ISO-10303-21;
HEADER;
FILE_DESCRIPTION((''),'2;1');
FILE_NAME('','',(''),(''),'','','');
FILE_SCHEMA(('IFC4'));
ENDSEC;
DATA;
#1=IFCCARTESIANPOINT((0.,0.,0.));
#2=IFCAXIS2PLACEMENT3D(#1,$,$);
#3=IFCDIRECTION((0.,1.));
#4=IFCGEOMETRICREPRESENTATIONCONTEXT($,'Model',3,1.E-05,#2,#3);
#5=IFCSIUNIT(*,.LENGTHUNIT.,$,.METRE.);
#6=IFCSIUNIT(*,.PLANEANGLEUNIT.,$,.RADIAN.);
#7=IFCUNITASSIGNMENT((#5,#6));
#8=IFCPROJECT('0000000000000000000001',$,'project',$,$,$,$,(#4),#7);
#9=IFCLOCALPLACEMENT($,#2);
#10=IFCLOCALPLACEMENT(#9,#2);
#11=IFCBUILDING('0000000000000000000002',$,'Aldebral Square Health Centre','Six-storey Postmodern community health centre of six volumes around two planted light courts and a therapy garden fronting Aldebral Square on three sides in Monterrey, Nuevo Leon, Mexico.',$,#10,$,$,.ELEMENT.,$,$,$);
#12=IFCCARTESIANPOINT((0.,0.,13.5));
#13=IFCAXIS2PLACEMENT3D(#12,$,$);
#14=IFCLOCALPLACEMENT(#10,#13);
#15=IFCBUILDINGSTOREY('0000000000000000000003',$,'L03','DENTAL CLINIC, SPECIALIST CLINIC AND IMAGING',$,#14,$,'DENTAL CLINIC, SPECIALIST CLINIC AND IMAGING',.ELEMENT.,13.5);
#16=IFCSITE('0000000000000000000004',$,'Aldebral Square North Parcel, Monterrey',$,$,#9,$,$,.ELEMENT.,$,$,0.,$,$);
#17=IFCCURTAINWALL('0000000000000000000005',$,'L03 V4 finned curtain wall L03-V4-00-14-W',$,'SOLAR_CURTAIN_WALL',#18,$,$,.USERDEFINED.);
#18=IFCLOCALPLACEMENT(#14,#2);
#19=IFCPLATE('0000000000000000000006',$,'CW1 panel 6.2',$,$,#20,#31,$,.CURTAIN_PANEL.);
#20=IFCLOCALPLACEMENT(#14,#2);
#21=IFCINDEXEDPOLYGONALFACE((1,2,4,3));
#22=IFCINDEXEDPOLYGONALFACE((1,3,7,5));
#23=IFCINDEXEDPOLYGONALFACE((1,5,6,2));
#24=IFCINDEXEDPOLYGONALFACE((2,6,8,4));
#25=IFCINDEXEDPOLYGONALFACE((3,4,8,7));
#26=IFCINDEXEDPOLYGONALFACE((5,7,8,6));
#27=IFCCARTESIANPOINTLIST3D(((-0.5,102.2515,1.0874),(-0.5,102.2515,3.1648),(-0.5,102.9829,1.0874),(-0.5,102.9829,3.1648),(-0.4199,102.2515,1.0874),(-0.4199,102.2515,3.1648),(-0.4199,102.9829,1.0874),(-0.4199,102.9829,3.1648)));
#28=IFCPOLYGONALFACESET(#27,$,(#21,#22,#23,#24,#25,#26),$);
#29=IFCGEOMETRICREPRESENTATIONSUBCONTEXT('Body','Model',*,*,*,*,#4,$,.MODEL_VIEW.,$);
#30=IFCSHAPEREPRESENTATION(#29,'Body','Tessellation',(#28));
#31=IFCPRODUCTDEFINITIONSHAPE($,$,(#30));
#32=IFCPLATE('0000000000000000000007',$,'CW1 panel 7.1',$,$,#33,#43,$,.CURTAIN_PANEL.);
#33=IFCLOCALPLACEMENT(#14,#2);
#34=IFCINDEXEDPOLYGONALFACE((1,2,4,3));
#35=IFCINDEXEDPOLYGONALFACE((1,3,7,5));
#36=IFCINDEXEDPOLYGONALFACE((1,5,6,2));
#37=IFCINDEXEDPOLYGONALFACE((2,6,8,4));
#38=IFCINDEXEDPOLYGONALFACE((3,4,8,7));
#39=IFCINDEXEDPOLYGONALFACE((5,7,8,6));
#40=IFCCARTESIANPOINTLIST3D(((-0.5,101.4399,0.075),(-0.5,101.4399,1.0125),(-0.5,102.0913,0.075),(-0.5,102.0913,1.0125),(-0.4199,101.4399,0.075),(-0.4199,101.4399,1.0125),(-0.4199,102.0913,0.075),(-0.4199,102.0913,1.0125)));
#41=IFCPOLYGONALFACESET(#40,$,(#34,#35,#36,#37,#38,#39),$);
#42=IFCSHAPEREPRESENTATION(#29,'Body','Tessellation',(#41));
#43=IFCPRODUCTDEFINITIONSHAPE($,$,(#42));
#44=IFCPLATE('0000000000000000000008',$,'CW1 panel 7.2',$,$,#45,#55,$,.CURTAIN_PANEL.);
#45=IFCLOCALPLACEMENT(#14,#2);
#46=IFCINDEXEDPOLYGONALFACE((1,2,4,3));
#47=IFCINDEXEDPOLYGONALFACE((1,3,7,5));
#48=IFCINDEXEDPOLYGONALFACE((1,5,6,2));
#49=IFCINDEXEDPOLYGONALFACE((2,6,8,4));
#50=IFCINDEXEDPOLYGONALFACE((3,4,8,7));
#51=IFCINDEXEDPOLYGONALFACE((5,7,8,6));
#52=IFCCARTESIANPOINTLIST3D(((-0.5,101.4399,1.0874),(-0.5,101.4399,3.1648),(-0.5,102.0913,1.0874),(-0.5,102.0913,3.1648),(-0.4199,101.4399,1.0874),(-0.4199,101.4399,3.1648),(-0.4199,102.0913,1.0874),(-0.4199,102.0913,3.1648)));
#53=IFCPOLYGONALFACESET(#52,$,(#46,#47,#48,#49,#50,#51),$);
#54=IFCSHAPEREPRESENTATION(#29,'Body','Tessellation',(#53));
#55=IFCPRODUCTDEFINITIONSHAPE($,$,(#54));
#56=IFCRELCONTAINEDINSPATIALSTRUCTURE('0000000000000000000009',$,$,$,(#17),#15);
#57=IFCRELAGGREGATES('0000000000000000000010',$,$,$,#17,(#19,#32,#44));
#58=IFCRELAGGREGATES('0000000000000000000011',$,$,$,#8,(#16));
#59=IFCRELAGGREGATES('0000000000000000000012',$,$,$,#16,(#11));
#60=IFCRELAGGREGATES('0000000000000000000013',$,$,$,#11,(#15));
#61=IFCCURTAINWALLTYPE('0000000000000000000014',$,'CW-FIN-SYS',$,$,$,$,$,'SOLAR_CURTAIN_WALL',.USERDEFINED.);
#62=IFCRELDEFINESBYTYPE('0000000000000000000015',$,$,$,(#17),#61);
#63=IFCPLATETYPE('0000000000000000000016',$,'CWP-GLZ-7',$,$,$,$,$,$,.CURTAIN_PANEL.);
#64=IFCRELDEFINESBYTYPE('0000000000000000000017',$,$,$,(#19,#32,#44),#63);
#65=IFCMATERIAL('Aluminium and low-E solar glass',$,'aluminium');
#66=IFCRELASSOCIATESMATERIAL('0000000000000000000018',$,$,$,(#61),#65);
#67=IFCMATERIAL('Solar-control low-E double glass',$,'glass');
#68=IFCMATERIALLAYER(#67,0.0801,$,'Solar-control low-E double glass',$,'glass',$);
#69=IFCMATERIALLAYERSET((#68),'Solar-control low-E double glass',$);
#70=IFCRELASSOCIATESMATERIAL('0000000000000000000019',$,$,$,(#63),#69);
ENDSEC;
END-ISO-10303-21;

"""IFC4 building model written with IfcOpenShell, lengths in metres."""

from ifc_helpers import new_model, si_unit, direction, frame, origin, origin_2d, place, context, subcontext, project, spatial, rectangle, extrude, material, layer, layer_set, type_object, element, aggregate, save


model = new_model("IFC4")

# Units and contexts
model_context = context("Model", 3, precision=1e-05, world=origin(), true_north=direction((0.0, 1.0)))
body_context = subcontext(model_context, "Body", "Model", "MODEL_VIEW")
ifc_project = project(units=[si_unit("LENGTHUNIT", "METRE"), si_unit("PLANEANGLEUNIT", "RADIAN")], contexts=[model_context])

# Site, building, storey
site_placement = place(None, origin())
site = spatial("IfcSite", under=ifc_project, at=site_placement, Name="Aldebral Square North Parcel, Monterrey", CompositionType="ELEMENT", RefElevation=0.0)
building_placement = place(site_placement, origin())
building = spatial("IfcBuilding", under=site, at=building_placement, Name="Aldebral Square Health Centre", Description="Six-storey Postmodern community health centre of six volumes around two planted light courts and a therapy garden fronting Aldebral Square on three sides in Monterrey, Nuevo Leon, Mexico.", CompositionType="ELEMENT")
storey_placement = place(building_placement, frame((0.0, 0.0, 13.5)))
storey = spatial("IfcBuildingStorey", under=building, at=storey_placement, Name="L03", Description="DENTAL CLINIC, SPECIALIST CLINIC AND IMAGING", LongName="DENTAL CLINIC, SPECIALIST CLINIC AND IMAGING", CompositionType="ELEMENT", Elevation=13.5)

# Curtain wall, plates
ifc_material_1 = material(Name="Aluminium and low-E solar glass", Category="aluminium")
curtain_wall_type = type_object("IfcCurtainWallType", Name="CW-FIN-SYS", ElementType="SOLAR_CURTAIN_WALL", PredefinedType="USERDEFINED", material=ifc_material_1)
curtain_wall_placement = place(storey_placement, origin())
curtain_wall = element("IfcCurtainWall", 1, at=curtain_wall_placement, inside=storey, type_object=curtain_wall_type, Name="L03 V4 finned curtain wall L03-V4-00-14-W", ObjectType="SOLAR_CURTAIN_WALL", PredefinedType="USERDEFINED")
ifc_material_2 = material(Name="Solar-control low-E double glass", Category="glass")
ifc_layer = layer(ifc_material_2, 0.0801, Name="Solar-control low-E double glass", Category="glass")
ifc_layer_set = layer_set([ifc_layer], Name="Solar-control low-E double glass")
plate_type = type_object("IfcPlateType", Name="CWP-GLZ-7", PredefinedType="CURTAIN_PANEL", material=ifc_layer_set)
plate_1_placement = place(storey_placement, frame((-0.46, 102.6172, 1.0874), z_axis=(0.0, 0.0, 1.0), x_axis=(0.0, -1.0, 0.0)))
plate_1 = element("IfcPlate", 2, at=plate_1_placement, type_object=plate_type, Name="CW1 panel 6.2", PredefinedType="CURTAIN_PANEL", context=body_context, shape_type="SweptSolid", body=[
    extrude(rectangle(XDim=0.7314, YDim=0.0801, at=origin_2d()), origin(), (0.0, 0.0, 1.0), 2.0774),
])
plate_2_placement = place(storey_placement, frame((-0.46, 101.7656, 0.075), z_axis=(0.0, 0.0, 1.0), x_axis=(0.0, -1.0, 0.0)))
plate_2 = element("IfcPlate", 3, at=plate_2_placement, type_object=plate_type, Name="CW1 panel 7.1", PredefinedType="CURTAIN_PANEL", context=body_context, shape_type="SweptSolid", body=[
    extrude(rectangle(XDim=0.6514, YDim=0.0801, at=origin_2d()), origin(), (0.0, 0.0, 1.0), 0.9375),
])
plate_3_placement = place(storey_placement, frame((-0.46, 101.7656, 1.0874), z_axis=(0.0, 0.0, 1.0), x_axis=(0.0, -1.0, 0.0)))
plate_3 = element("IfcPlate", 4, at=plate_3_placement, type_object=plate_type, Name="CW1 panel 7.2", PredefinedType="CURTAIN_PANEL", context=body_context, shape_type="SweptSolid", body=[
    extrude(rectangle(XDim=0.6514, YDim=0.0801, at=origin_2d()), origin(), (0.0, 0.0, 1.0), 2.0774),
])
aggregate(curtain_wall, [plate_1, plate_2, plate_3])

save(model, "model.ifc")
